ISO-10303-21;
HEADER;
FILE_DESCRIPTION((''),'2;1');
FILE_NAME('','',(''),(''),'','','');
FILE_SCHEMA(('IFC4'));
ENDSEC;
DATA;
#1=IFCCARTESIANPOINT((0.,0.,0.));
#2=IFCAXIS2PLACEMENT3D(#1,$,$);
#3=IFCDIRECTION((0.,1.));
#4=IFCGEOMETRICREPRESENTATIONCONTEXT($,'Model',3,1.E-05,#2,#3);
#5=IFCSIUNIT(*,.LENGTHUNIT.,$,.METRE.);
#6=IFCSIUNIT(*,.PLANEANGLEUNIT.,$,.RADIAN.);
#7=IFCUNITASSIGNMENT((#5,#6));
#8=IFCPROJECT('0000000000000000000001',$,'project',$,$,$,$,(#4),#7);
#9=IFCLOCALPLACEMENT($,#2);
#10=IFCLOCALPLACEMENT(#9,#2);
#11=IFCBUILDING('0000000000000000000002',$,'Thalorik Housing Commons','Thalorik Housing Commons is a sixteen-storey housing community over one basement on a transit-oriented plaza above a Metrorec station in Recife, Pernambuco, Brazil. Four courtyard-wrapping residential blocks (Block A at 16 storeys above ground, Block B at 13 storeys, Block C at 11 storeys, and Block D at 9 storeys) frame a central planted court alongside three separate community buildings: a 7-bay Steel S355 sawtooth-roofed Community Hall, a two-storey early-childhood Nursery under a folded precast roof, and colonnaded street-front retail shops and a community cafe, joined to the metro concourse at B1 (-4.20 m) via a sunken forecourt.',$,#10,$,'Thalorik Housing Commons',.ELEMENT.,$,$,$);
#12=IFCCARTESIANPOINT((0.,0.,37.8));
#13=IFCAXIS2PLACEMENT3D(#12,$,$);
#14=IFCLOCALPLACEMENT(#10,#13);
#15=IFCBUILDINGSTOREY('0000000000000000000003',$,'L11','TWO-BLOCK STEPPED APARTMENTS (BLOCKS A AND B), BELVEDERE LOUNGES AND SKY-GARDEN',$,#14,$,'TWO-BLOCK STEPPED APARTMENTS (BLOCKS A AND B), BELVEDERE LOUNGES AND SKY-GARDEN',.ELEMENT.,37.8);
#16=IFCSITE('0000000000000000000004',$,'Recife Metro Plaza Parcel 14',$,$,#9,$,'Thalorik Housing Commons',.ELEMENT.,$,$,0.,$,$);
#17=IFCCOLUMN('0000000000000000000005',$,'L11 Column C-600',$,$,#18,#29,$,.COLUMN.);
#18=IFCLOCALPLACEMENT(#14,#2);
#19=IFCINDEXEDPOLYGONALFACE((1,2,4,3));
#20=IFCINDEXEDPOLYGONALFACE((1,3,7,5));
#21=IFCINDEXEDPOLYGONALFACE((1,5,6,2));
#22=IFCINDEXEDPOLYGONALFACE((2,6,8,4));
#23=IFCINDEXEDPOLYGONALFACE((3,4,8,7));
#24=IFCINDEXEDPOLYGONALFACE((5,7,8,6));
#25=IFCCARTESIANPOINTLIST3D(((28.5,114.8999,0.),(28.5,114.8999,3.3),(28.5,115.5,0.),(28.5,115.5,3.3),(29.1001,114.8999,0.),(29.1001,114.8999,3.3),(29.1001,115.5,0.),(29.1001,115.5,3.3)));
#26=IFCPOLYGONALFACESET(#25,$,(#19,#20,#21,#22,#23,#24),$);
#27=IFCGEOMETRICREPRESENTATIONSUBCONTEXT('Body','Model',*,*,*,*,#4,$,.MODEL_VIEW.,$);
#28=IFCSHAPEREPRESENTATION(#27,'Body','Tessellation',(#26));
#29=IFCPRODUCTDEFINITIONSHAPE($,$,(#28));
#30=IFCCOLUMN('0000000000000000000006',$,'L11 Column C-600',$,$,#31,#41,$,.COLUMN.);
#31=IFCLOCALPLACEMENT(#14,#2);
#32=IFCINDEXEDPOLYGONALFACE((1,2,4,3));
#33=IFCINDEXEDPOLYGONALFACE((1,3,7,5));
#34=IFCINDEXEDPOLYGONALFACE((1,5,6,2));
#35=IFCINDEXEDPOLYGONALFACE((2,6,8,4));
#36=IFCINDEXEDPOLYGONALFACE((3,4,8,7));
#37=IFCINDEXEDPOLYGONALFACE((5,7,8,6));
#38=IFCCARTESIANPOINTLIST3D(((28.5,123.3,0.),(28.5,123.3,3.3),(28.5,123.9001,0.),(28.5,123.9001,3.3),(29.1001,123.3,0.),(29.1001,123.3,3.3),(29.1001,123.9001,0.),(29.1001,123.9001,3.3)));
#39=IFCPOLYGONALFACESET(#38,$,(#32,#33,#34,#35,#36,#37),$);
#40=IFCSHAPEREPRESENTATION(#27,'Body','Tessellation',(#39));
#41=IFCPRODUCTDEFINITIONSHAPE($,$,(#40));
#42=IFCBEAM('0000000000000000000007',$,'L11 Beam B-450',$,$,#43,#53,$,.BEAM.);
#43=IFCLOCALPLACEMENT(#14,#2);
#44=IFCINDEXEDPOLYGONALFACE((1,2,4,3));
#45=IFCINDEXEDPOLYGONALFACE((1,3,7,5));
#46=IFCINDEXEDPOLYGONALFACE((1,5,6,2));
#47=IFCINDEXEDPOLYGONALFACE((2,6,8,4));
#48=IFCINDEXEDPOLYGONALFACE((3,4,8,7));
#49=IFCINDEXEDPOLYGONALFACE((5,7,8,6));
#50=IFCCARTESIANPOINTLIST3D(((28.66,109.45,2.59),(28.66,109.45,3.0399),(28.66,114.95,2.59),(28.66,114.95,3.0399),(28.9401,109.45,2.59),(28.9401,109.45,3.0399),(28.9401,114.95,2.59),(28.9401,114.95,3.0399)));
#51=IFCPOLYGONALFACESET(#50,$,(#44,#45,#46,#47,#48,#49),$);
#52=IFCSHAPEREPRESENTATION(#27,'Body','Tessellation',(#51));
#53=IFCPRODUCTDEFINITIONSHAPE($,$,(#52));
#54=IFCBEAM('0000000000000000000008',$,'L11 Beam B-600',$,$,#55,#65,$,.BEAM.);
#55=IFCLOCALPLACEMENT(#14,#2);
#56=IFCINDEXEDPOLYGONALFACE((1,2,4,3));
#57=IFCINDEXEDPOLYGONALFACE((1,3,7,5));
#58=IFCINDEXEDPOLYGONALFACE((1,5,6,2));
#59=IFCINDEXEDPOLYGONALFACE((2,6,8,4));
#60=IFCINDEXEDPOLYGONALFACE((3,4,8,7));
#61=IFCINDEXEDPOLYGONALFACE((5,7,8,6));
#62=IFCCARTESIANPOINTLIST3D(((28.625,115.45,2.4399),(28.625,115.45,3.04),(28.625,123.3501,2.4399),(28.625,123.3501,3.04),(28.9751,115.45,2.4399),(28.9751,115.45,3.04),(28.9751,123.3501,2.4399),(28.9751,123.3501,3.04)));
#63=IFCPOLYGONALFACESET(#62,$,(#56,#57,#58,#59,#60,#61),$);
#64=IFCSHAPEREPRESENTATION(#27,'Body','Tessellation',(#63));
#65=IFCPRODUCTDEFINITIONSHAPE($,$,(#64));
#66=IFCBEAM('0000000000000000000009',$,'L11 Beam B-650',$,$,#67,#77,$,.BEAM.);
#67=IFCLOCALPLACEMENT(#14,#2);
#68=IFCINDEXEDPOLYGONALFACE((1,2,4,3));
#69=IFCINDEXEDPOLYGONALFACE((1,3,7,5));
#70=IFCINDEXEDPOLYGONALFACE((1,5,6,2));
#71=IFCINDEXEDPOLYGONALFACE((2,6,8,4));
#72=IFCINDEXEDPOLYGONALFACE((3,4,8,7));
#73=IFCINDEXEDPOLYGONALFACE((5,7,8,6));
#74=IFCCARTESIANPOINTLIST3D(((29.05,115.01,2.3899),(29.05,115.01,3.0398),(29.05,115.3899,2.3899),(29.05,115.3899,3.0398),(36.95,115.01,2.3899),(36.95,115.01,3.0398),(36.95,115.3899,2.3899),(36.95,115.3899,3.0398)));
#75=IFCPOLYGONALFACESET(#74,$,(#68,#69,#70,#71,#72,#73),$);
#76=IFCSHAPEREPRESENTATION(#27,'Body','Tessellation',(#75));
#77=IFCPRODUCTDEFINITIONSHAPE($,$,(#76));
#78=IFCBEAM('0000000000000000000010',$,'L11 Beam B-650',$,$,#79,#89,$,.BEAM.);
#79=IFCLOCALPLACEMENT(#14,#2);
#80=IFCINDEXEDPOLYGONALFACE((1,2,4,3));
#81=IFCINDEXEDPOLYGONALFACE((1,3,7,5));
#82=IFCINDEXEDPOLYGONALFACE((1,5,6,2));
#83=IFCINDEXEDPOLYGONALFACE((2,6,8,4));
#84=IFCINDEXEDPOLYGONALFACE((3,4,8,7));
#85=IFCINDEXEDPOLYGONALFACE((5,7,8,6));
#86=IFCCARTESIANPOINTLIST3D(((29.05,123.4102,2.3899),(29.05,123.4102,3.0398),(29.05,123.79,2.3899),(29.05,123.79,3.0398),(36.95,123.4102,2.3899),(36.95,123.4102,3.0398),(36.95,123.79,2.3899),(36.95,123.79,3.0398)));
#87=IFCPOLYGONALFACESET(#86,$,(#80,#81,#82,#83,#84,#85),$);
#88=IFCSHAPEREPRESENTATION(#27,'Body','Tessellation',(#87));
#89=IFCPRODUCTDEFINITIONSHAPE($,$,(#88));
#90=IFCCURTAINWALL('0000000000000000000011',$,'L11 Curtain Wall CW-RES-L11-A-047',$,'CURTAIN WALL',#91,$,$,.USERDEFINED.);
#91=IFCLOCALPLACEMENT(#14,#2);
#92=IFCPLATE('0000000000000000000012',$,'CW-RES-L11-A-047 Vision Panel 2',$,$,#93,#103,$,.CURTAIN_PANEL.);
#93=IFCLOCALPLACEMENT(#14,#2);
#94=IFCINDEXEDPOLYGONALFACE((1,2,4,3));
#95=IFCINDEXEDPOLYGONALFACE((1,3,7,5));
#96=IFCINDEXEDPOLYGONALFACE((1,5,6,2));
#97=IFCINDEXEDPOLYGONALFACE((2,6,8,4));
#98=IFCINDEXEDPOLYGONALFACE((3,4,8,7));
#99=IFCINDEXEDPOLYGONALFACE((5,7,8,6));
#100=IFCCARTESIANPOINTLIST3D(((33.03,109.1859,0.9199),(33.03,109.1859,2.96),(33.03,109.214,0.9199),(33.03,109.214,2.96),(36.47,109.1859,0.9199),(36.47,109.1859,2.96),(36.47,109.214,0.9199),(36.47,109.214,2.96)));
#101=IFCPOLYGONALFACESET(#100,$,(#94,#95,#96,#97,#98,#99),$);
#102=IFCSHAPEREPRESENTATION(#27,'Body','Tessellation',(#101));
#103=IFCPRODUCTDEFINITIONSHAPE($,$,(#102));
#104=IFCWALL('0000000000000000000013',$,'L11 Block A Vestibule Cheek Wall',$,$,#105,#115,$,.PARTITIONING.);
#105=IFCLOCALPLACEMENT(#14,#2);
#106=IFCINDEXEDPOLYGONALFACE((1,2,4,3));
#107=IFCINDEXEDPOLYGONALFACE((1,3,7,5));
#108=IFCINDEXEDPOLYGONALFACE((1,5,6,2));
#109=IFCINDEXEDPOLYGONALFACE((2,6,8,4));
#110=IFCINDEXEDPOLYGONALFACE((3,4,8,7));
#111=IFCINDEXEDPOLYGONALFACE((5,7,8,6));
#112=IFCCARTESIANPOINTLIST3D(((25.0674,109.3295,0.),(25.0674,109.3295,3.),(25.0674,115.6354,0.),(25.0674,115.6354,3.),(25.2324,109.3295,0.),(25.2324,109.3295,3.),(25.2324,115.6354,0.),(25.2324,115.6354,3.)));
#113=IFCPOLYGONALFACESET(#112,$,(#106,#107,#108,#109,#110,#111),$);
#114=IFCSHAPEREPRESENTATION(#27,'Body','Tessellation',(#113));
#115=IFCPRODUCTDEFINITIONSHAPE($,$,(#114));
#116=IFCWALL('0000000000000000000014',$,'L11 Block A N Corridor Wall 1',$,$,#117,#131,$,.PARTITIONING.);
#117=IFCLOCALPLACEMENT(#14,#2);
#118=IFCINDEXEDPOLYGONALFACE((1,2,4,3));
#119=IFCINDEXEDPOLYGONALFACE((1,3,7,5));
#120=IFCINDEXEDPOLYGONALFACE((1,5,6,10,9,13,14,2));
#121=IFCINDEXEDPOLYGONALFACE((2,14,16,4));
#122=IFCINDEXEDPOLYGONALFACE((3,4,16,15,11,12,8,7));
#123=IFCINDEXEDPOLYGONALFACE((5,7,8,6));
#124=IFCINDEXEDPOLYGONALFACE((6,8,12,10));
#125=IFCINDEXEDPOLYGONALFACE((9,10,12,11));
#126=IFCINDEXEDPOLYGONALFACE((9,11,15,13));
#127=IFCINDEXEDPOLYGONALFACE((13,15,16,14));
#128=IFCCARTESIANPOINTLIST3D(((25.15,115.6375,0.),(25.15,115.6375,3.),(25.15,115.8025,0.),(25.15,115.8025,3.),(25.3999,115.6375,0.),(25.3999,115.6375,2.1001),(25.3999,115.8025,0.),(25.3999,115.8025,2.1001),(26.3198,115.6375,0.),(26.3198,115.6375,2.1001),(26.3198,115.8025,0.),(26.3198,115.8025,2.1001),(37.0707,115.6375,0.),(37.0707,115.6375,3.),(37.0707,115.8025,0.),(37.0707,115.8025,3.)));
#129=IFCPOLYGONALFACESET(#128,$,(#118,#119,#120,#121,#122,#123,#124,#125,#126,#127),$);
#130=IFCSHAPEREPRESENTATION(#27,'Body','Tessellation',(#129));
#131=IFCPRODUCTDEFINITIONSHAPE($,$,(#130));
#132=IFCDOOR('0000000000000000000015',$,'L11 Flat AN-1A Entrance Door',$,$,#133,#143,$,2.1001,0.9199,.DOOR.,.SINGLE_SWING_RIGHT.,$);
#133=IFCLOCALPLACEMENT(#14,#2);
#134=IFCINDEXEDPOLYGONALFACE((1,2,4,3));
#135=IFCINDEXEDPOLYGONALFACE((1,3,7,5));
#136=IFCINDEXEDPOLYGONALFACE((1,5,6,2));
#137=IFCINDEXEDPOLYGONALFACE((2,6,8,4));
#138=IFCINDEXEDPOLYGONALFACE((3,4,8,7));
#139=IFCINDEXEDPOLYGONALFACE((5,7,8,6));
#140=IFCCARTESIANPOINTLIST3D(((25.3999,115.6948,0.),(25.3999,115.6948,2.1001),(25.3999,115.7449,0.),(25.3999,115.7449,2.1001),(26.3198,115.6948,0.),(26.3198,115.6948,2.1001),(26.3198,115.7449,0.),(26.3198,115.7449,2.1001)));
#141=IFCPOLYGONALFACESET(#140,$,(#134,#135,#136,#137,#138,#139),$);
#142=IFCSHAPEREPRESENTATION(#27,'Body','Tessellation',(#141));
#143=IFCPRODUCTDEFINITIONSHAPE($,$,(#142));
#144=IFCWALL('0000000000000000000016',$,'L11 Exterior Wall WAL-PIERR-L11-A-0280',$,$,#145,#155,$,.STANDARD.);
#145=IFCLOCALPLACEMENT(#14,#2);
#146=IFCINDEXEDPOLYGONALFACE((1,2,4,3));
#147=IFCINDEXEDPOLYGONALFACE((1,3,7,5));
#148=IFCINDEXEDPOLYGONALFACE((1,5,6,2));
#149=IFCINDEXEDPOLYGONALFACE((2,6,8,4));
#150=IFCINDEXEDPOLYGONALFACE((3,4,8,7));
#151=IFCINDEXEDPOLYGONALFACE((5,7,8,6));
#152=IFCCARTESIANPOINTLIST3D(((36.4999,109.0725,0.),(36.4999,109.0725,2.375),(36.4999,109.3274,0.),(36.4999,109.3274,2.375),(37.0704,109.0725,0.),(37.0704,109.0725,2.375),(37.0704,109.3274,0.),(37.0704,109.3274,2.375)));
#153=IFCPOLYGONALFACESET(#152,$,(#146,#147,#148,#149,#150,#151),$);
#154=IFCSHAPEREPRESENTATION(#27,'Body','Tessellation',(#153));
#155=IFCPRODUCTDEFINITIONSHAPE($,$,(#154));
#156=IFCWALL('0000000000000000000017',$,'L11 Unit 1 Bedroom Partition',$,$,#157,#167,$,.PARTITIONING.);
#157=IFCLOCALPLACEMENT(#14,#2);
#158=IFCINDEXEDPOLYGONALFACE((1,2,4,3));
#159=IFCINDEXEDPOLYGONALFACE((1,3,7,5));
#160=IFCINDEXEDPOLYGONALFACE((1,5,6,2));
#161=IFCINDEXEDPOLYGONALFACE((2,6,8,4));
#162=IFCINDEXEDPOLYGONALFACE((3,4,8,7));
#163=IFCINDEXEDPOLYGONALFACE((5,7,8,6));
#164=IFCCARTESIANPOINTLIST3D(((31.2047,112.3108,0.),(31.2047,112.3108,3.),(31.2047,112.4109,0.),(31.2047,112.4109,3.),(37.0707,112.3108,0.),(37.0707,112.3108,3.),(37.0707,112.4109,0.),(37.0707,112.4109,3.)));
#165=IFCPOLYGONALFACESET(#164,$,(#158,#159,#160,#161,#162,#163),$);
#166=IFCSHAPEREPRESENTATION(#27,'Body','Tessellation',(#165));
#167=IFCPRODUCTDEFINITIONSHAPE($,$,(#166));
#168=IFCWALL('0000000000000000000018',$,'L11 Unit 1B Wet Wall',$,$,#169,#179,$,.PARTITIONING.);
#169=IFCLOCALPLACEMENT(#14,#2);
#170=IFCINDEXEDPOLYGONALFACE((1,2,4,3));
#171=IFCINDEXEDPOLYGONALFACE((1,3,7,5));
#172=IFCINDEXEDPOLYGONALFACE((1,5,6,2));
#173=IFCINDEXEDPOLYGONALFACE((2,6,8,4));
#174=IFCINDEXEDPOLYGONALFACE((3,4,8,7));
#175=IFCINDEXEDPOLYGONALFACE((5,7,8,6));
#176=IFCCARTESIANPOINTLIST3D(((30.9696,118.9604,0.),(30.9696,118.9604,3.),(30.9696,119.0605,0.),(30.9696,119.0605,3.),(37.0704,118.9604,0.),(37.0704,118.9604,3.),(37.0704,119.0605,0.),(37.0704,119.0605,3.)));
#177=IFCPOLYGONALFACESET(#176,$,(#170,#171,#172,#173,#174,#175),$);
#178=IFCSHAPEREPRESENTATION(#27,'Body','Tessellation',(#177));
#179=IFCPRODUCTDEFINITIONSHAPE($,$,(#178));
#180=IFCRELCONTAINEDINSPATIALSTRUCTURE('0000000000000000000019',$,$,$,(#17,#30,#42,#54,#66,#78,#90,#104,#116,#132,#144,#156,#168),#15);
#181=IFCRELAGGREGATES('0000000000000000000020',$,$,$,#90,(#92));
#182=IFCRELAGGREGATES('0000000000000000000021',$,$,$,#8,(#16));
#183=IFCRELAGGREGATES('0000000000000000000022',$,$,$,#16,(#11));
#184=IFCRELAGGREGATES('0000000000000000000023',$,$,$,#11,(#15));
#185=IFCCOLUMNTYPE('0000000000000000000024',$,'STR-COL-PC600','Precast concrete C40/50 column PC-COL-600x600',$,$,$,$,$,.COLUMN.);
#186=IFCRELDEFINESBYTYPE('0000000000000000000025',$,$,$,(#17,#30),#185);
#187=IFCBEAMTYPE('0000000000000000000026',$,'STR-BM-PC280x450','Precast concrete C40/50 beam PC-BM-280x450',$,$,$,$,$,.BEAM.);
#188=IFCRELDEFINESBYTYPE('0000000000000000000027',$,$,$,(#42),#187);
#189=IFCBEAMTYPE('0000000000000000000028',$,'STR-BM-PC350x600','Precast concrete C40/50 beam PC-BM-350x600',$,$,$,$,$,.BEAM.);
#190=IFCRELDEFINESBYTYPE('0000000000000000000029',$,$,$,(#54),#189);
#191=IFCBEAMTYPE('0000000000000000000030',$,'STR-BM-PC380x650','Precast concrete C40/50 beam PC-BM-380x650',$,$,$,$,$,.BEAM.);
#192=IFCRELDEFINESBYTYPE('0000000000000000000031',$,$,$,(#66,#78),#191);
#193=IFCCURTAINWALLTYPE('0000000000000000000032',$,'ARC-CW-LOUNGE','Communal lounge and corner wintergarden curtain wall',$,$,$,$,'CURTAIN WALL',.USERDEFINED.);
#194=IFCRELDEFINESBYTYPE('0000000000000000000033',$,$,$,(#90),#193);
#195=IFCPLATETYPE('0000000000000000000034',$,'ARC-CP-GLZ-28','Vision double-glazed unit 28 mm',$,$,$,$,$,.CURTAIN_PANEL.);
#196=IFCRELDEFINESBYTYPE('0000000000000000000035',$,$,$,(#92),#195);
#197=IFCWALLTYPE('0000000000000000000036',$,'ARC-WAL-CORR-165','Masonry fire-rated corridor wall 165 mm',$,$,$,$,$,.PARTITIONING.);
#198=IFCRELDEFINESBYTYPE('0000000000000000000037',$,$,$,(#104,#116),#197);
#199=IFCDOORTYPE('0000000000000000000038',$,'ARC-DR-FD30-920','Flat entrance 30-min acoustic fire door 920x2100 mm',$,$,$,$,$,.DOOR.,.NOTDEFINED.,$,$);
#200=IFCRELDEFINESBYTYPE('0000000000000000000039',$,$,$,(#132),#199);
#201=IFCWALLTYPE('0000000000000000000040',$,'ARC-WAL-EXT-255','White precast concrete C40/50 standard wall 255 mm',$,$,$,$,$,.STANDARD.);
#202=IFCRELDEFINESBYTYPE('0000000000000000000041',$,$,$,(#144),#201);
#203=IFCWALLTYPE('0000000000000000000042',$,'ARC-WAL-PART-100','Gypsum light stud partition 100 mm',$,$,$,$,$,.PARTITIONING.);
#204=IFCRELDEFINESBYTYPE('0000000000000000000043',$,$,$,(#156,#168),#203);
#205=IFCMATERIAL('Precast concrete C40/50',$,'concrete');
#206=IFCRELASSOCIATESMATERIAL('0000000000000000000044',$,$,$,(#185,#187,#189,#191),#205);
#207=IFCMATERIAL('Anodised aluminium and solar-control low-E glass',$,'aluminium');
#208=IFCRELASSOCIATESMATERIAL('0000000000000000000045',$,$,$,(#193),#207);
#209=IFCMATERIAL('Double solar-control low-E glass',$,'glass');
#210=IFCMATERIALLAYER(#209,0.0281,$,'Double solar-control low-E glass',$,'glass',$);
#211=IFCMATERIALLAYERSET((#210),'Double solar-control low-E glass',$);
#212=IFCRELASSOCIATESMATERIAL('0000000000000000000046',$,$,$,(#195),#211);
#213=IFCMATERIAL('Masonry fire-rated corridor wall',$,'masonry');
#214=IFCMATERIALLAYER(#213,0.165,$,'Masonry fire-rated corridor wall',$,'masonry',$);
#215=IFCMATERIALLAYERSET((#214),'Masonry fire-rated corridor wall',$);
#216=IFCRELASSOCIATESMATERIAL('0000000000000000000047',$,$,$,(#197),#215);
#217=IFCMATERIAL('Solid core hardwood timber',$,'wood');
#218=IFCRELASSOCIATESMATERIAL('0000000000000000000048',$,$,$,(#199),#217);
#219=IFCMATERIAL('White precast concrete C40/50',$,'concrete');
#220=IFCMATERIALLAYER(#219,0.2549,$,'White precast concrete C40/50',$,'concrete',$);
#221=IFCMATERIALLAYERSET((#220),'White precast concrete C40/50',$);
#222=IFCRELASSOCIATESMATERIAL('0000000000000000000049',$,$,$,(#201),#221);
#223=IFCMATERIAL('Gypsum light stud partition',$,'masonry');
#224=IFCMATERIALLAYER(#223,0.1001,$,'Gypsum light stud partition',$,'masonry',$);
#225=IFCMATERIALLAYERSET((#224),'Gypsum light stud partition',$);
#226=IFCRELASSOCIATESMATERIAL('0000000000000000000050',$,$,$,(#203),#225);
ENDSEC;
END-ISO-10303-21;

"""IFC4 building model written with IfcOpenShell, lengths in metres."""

from ifc_helpers import new_model, si_unit, direction, frame, frame_2d, origin, origin_2d, place, context, subcontext, project, spatial, rectangle, extrude, material, layer, layer_set, material_profile, profile_set, type_object, element, fill, aggregate, save


model = new_model("IFC4")

# Units and contexts
model_context = context("Model", 3, precision=1e-05, world=origin(), true_north=direction((0.0, 1.0)))
body_context = subcontext(model_context, "Body", "Model", "MODEL_VIEW")
ifc_project = project(units=[si_unit("LENGTHUNIT", "METRE"), si_unit("PLANEANGLEUNIT", "RADIAN")], contexts=[model_context])

# Site, building, storey
site_placement = place(None, origin())
site = spatial("IfcSite", under=ifc_project, at=site_placement, Name="Recife Metro Plaza Parcel 14", LongName="Thalorik Housing Commons", CompositionType="ELEMENT", RefElevation=0.0)
building_placement = place(site_placement, origin())
building = spatial("IfcBuilding", under=site, at=building_placement, Name="Thalorik Housing Commons", Description="Thalorik Housing Commons is a sixteen-storey housing community over one basement on a transit-oriented plaza above a Metrorec station in Recife, Pernambuco, Brazil. Four courtyard-wrapping residential blocks (Block A at 16 storeys above ground, Block B at 13 storeys, Block C at 11 storeys, and Block D at 9 storeys) frame a central planted court alongside three separate community buildings: a 7-bay Steel S355 sawtooth-roofed Community Hall, a two-storey early-childhood Nursery under a folded precast roof, and colonnaded street-front retail shops and a community cafe, joined to the metro concourse at B1 (-4.20 m) via a sunken forecourt.", LongName="Thalorik Housing Commons", CompositionType="ELEMENT")
storey_placement = place(building_placement, frame((0.0, 0.0, 37.8)))
storey = spatial("IfcBuildingStorey", under=building, at=storey_placement, Name="L11", Description="TWO-BLOCK STEPPED APARTMENTS (BLOCKS A AND B), BELVEDERE LOUNGES AND SKY-GARDEN", LongName="TWO-BLOCK STEPPED APARTMENTS (BLOCKS A AND B), BELVEDERE LOUNGES AND SKY-GARDEN", CompositionType="ELEMENT", Elevation=37.8)

# Columns
ifc_material_1 = material(Name="Precast concrete C40/50", Category="concrete")
ifc_material_profile_1 = material_profile(ifc_material_1, rectangle(XDim=0.6001, YDim=0.6001, at=origin_2d()), Name="PC 600x600", Category="concrete")
ifc_profile_set_1 = profile_set([ifc_material_profile_1], Name="Precast concrete C40/50")
column_type = type_object("IfcColumnType", Name="STR-COL-PC600", Description="Precast concrete C40/50 column PC-COL-600x600", PredefinedType="COLUMN", material=ifc_profile_set_1)
for number, where, z_axis, x_axis, name in (
    (1, (28.8, 115.2, 0.0), (0.0, 0.0, 1.0), (1.0, 0.0, 0.0), "L11 Column C-600"),
    (2, (28.8, 123.6001, 0.0), (0.0, 0.0, 1.0), (1.0, 0.0, 0.0), "L11 Column C-600"),
):
    element("IfcColumn", number, at=place(storey_placement, frame(where, z_axis=z_axis, x_axis=x_axis)), inside=storey, type_object=column_type, Name=name, PredefinedType="COLUMN", context=body_context, shape_type="SweptSolid", body=[
        extrude(rectangle(XDim=0.6001, YDim=0.6001, at=origin_2d()), origin(), (0.0, 0.0, 1.0), 3.3),
    ])

# Beams
ifc_material_profile_2 = material_profile(ifc_material_1, rectangle(XDim=0.28, YDim=0.45, at=origin_2d()), Name="PC 280x450", Category="concrete")
ifc_profile_set_2 = profile_set([ifc_material_profile_2], Name="Precast concrete C40/50")
beam_type_1 = type_object("IfcBeamType", Name="STR-BM-PC280x450", Description="Precast concrete C40/50 beam PC-BM-280x450", PredefinedType="BEAM", material=ifc_profile_set_2)
beam_1_placement = place(storey_placement, frame((28.8, 109.45, 2.8149), z_axis=(0.0, 1.0, 0.0), x_axis=(-1.0, 0.0, 0.0)))
element("IfcBeam", 3, at=beam_1_placement, inside=storey, type_object=beam_type_1, Name="L11 Beam B-450", PredefinedType="BEAM", context=body_context, shape_type="SweptSolid", body=[
    extrude(rectangle(XDim=0.28, YDim=0.45, at=origin_2d()), origin(), (0.0, 0.0, 1.0), 5.5),
])
ifc_material_profile_3 = material_profile(ifc_material_1, rectangle(XDim=0.3501, YDim=0.6001, at=origin_2d()), Name="PC 350x600", Category="concrete")
ifc_profile_set_3 = profile_set([ifc_material_profile_3], Name="Precast concrete C40/50")
beam_type_2 = type_object("IfcBeamType", Name="STR-BM-PC350x600", Description="Precast concrete C40/50 beam PC-BM-350x600", PredefinedType="BEAM", material=ifc_profile_set_3)
beam_2_placement = place(storey_placement, frame((28.8, 115.45, 2.74), z_axis=(0.0, 1.0, 0.0), x_axis=(-1.0, 0.0, 0.0)))
element("IfcBeam", 4, at=beam_2_placement, inside=storey, type_object=beam_type_2, Name="L11 Beam B-600", PredefinedType="BEAM", context=body_context, shape_type="SweptSolid", body=[
    extrude(rectangle(XDim=0.3501, YDim=0.6001, at=origin_2d()), origin(), (0.0, 0.0, 1.0), 7.9001),
])
ifc_material_profile_4 = material_profile(ifc_material_1, rectangle(XDim=0.3799, YDim=0.6499, at=origin_2d()), Name="PC 380x650", Category="concrete")
ifc_profile_set_4 = profile_set([ifc_material_profile_4], Name="Precast concrete C40/50")
beam_type_3 = type_object("IfcBeamType", Name="STR-BM-PC380x650", Description="Precast concrete C40/50 beam PC-BM-380x650", PredefinedType="BEAM", material=ifc_profile_set_4)
for number, where, z_axis, x_axis, name in (
    (5, (29.05, 115.2, 2.7148), (1.0, 0.0, 0.0), (0.0, 1.0, 0.0), "L11 Beam B-650"),
    (6, (29.05, 123.6001, 2.7148), (1.0, 0.0, 0.0), (0.0, 1.0, 0.0), "L11 Beam B-650"),
):
    element("IfcBeam", number, at=place(storey_placement, frame(where, z_axis=z_axis, x_axis=x_axis)), inside=storey, type_object=beam_type_3, Name=name, PredefinedType="BEAM", context=body_context, shape_type="SweptSolid", body=[
        extrude(rectangle(XDim=0.3799, YDim=0.6499, at=origin_2d()), origin(), (0.0, 0.0, 1.0), 7.8999),
    ])

# Curtain wall, plate
ifc_material_2 = material(Name="Anodised aluminium and solar-control low-E glass", Category="aluminium")
curtain_wall_type = type_object("IfcCurtainWallType", Name="ARC-CW-LOUNGE", Description="Communal lounge and corner wintergarden curtain wall", ElementType="CURTAIN WALL", PredefinedType="USERDEFINED", material=ifc_material_2)
curtain_wall_placement = place(storey_placement, origin())
curtain_wall = element("IfcCurtainWall", 7, at=curtain_wall_placement, inside=storey, type_object=curtain_wall_type, Name="L11 Curtain Wall CW-RES-L11-A-047", ObjectType="CURTAIN WALL", PredefinedType="USERDEFINED")
ifc_material_3 = material(Name="Double solar-control low-E glass", Category="glass")
ifc_layer_1 = layer(ifc_material_3, 0.0281, Name="Double solar-control low-E glass", Category="glass")
ifc_layer_set_1 = layer_set([ifc_layer_1], Name="Double solar-control low-E glass")
plate_type = type_object("IfcPlateType", Name="ARC-CP-GLZ-28", Description="Vision double-glazed unit 28 mm", PredefinedType="CURTAIN_PANEL", material=ifc_layer_set_1)
plate_placement = place(storey_placement, frame((34.75, 109.2, 0.9199), z_axis=(0.0, 0.0, 1.0), x_axis=(1.0, 0.0, 0.0)))
plate = element("IfcPlate", 8, at=plate_placement, type_object=plate_type, Name="CW-RES-L11-A-047 Vision Panel 2", PredefinedType="CURTAIN_PANEL", context=body_context, shape_type="SweptSolid", body=[
    extrude(rectangle(XDim=3.4399, YDim=0.0281, at=origin_2d()), origin(), (0.0, 0.0, 1.0), 2.04),
])
aggregate(curtain_wall, [plate])

# Wall
ifc_material_4 = material(Name="Masonry fire-rated corridor wall", Category="masonry")
ifc_layer_2 = layer(ifc_material_4, 0.165, Name="Masonry fire-rated corridor wall", Category="masonry")
ifc_layer_set_2 = layer_set([ifc_layer_2], Name="Masonry fire-rated corridor wall")
wall_type_1 = type_object("IfcWallType", Name="ARC-WAL-CORR-165", Description="Masonry fire-rated corridor wall 165 mm", PredefinedType="PARTITIONING", material=ifc_layer_set_2)
wall_1_placement = place(storey_placement, frame((25.1499, 109.3296, 0.0), z_axis=(0.0, 0.0, 1.0), x_axis=(0.0, 1.0, 0.0)))
element("IfcWall", 9, at=wall_1_placement, inside=storey, type_object=wall_type_1, Name="L11 Block A Vestibule Cheek Wall", PredefinedType="PARTITIONING", context=body_context, shape_type="SweptSolid", body=[
    extrude(rectangle(XDim=6.3059, YDim=0.165, at=frame_2d((3.1528, 0.0))), origin(), (0.0, 0.0, 1.0), 3.0),
])

# Wall, opening, door
wall_2_placement = place(storey_placement, frame((25.1499, 115.72, 0.0), z_axis=(0.0, 0.0, 1.0), x_axis=(1.0, 0.0, 0.0)))
wall_2 = element("IfcWall", 10, at=wall_2_placement, inside=storey, type_object=wall_type_1, Name="L11 Block A N Corridor Wall 1", PredefinedType="PARTITIONING", context=body_context, shape_type="SweptSolid", body=[
    extrude(rectangle(XDim=11.9207, YDim=0.165, at=frame_2d((5.9604, 0.0))), origin(), (0.0, 0.0, 1.0), 3.0),
])
opening_1_placement = place(wall_2_placement, frame((0.25, 0.0, 0.0)))
opening_1 = element("IfcOpeningElement", 11, at=opening_1_placement, cuts=wall_2, PredefinedType="OPENING", context=body_context, shape_type="SweptSolid", body=[
    extrude(rectangle(XDim=0.9199, YDim=2.1001, at=frame_2d((0.46, 1.05))), frame((0.0, 0.0925, 0.0), z_axis=(0.0, -1.0, 0.0), x_axis=(1.0, 0.0, 0.0)), (0.0, 0.0, 1.0), 0.1851),
])
ifc_material_5 = material(Name="Solid core hardwood timber", Category="wood")
door_type_1 = type_object("IfcDoorType", Name="ARC-DR-FD30-920", Description="Flat entrance 30-min acoustic fire door 920x2100 mm", OperationType="NOTDEFINED", PredefinedType="DOOR", material=ifc_material_5)
door_1_placement = place(opening_1_placement, origin())
door_1 = element("IfcDoor", 12, at=door_1_placement, inside=storey, type_object=door_type_1, Name="L11 Flat AN-1A Entrance Door", OperationType="SINGLE_SWING_RIGHT", OverallHeight=2.1001, OverallWidth=0.9199, PredefinedType="DOOR", context=body_context, shape_type="SweptSolid", body=[
    extrude(rectangle(XDim=0.9199, YDim=2.1001, at=frame_2d((0.46, 1.05))), frame((0.0, 0.0249, 0.0), z_axis=(0.0, -1.0, 0.0), x_axis=(1.0, 0.0, 0.0)), (0.0, 0.0, 1.0), 0.05),
])
fill(opening_1, door_1)

# Wall
ifc_material_6 = material(Name="White precast concrete C40/50", Category="concrete")
ifc_layer_3 = layer(ifc_material_6, 0.2549, Name="White precast concrete C40/50", Category="concrete")
ifc_layer_set_3 = layer_set([ifc_layer_3], Name="White precast concrete C40/50")
wall_type_2 = type_object("IfcWallType", Name="ARC-WAL-EXT-255", Description="White precast concrete C40/50 standard wall 255 mm", PredefinedType="STANDARD", material=ifc_layer_set_3)
wall_3_placement = place(storey_placement, frame((36.5, 109.2, 0.0), z_axis=(0.0, 0.0, 1.0), x_axis=(1.0, 0.0, 0.0)))
element("IfcWall", 13, at=wall_3_placement, inside=storey, type_object=wall_type_2, Name="L11 Exterior Wall WAL-PIERR-L11-A-0280", PredefinedType="STANDARD", context=body_context, shape_type="SweptSolid", body=[
    extrude(rectangle(XDim=0.5706, YDim=0.2549, at=frame_2d((0.2852, 0.0))), origin(), (0.0, 0.0, 1.0), 2.375),
])

# Walls
ifc_material_7 = material(Name="Gypsum light stud partition", Category="masonry")
ifc_layer_4 = layer(ifc_material_7, 0.1001, Name="Gypsum light stud partition", Category="masonry")
ifc_layer_set_4 = layer_set([ifc_layer_4], Name="Gypsum light stud partition")
wall_type_3 = type_object("IfcWallType", Name="ARC-WAL-PART-100", Description="Gypsum light stud partition 100 mm", PredefinedType="PARTITIONING", material=ifc_layer_set_4)
wall_4_placement = place(storey_placement, frame((31.2046, 112.3608, 0.0), z_axis=(0.0, 0.0, 1.0), x_axis=(1.0, 0.0, 0.0)))
element("IfcWall", 14, at=wall_4_placement, inside=storey, type_object=wall_type_3, Name="L11 Unit 1 Bedroom Partition", PredefinedType="PARTITIONING", context=body_context, shape_type="SweptSolid", body=[
    extrude(rectangle(XDim=5.866, YDim=0.1001, at=frame_2d((2.9331, 0.0))), origin(), (0.0, 0.0, 1.0), 3.0),
])
wall_5_placement = place(storey_placement, frame((30.9697, 119.0105, 0.0), z_axis=(0.0, 0.0, 1.0), x_axis=(1.0, 0.0, 0.0)))
element("IfcWall", 15, at=wall_5_placement, inside=storey, type_object=wall_type_3, Name="L11 Unit 1B Wet Wall", PredefinedType="PARTITIONING", context=body_context, shape_type="SweptSolid", body=[
    extrude(rectangle(XDim=6.1008, YDim=0.1001, at=frame_2d((3.0503, 0.0))), origin(), (0.0, 0.0, 1.0), 3.0),
])

save(model, "model.ifc")
